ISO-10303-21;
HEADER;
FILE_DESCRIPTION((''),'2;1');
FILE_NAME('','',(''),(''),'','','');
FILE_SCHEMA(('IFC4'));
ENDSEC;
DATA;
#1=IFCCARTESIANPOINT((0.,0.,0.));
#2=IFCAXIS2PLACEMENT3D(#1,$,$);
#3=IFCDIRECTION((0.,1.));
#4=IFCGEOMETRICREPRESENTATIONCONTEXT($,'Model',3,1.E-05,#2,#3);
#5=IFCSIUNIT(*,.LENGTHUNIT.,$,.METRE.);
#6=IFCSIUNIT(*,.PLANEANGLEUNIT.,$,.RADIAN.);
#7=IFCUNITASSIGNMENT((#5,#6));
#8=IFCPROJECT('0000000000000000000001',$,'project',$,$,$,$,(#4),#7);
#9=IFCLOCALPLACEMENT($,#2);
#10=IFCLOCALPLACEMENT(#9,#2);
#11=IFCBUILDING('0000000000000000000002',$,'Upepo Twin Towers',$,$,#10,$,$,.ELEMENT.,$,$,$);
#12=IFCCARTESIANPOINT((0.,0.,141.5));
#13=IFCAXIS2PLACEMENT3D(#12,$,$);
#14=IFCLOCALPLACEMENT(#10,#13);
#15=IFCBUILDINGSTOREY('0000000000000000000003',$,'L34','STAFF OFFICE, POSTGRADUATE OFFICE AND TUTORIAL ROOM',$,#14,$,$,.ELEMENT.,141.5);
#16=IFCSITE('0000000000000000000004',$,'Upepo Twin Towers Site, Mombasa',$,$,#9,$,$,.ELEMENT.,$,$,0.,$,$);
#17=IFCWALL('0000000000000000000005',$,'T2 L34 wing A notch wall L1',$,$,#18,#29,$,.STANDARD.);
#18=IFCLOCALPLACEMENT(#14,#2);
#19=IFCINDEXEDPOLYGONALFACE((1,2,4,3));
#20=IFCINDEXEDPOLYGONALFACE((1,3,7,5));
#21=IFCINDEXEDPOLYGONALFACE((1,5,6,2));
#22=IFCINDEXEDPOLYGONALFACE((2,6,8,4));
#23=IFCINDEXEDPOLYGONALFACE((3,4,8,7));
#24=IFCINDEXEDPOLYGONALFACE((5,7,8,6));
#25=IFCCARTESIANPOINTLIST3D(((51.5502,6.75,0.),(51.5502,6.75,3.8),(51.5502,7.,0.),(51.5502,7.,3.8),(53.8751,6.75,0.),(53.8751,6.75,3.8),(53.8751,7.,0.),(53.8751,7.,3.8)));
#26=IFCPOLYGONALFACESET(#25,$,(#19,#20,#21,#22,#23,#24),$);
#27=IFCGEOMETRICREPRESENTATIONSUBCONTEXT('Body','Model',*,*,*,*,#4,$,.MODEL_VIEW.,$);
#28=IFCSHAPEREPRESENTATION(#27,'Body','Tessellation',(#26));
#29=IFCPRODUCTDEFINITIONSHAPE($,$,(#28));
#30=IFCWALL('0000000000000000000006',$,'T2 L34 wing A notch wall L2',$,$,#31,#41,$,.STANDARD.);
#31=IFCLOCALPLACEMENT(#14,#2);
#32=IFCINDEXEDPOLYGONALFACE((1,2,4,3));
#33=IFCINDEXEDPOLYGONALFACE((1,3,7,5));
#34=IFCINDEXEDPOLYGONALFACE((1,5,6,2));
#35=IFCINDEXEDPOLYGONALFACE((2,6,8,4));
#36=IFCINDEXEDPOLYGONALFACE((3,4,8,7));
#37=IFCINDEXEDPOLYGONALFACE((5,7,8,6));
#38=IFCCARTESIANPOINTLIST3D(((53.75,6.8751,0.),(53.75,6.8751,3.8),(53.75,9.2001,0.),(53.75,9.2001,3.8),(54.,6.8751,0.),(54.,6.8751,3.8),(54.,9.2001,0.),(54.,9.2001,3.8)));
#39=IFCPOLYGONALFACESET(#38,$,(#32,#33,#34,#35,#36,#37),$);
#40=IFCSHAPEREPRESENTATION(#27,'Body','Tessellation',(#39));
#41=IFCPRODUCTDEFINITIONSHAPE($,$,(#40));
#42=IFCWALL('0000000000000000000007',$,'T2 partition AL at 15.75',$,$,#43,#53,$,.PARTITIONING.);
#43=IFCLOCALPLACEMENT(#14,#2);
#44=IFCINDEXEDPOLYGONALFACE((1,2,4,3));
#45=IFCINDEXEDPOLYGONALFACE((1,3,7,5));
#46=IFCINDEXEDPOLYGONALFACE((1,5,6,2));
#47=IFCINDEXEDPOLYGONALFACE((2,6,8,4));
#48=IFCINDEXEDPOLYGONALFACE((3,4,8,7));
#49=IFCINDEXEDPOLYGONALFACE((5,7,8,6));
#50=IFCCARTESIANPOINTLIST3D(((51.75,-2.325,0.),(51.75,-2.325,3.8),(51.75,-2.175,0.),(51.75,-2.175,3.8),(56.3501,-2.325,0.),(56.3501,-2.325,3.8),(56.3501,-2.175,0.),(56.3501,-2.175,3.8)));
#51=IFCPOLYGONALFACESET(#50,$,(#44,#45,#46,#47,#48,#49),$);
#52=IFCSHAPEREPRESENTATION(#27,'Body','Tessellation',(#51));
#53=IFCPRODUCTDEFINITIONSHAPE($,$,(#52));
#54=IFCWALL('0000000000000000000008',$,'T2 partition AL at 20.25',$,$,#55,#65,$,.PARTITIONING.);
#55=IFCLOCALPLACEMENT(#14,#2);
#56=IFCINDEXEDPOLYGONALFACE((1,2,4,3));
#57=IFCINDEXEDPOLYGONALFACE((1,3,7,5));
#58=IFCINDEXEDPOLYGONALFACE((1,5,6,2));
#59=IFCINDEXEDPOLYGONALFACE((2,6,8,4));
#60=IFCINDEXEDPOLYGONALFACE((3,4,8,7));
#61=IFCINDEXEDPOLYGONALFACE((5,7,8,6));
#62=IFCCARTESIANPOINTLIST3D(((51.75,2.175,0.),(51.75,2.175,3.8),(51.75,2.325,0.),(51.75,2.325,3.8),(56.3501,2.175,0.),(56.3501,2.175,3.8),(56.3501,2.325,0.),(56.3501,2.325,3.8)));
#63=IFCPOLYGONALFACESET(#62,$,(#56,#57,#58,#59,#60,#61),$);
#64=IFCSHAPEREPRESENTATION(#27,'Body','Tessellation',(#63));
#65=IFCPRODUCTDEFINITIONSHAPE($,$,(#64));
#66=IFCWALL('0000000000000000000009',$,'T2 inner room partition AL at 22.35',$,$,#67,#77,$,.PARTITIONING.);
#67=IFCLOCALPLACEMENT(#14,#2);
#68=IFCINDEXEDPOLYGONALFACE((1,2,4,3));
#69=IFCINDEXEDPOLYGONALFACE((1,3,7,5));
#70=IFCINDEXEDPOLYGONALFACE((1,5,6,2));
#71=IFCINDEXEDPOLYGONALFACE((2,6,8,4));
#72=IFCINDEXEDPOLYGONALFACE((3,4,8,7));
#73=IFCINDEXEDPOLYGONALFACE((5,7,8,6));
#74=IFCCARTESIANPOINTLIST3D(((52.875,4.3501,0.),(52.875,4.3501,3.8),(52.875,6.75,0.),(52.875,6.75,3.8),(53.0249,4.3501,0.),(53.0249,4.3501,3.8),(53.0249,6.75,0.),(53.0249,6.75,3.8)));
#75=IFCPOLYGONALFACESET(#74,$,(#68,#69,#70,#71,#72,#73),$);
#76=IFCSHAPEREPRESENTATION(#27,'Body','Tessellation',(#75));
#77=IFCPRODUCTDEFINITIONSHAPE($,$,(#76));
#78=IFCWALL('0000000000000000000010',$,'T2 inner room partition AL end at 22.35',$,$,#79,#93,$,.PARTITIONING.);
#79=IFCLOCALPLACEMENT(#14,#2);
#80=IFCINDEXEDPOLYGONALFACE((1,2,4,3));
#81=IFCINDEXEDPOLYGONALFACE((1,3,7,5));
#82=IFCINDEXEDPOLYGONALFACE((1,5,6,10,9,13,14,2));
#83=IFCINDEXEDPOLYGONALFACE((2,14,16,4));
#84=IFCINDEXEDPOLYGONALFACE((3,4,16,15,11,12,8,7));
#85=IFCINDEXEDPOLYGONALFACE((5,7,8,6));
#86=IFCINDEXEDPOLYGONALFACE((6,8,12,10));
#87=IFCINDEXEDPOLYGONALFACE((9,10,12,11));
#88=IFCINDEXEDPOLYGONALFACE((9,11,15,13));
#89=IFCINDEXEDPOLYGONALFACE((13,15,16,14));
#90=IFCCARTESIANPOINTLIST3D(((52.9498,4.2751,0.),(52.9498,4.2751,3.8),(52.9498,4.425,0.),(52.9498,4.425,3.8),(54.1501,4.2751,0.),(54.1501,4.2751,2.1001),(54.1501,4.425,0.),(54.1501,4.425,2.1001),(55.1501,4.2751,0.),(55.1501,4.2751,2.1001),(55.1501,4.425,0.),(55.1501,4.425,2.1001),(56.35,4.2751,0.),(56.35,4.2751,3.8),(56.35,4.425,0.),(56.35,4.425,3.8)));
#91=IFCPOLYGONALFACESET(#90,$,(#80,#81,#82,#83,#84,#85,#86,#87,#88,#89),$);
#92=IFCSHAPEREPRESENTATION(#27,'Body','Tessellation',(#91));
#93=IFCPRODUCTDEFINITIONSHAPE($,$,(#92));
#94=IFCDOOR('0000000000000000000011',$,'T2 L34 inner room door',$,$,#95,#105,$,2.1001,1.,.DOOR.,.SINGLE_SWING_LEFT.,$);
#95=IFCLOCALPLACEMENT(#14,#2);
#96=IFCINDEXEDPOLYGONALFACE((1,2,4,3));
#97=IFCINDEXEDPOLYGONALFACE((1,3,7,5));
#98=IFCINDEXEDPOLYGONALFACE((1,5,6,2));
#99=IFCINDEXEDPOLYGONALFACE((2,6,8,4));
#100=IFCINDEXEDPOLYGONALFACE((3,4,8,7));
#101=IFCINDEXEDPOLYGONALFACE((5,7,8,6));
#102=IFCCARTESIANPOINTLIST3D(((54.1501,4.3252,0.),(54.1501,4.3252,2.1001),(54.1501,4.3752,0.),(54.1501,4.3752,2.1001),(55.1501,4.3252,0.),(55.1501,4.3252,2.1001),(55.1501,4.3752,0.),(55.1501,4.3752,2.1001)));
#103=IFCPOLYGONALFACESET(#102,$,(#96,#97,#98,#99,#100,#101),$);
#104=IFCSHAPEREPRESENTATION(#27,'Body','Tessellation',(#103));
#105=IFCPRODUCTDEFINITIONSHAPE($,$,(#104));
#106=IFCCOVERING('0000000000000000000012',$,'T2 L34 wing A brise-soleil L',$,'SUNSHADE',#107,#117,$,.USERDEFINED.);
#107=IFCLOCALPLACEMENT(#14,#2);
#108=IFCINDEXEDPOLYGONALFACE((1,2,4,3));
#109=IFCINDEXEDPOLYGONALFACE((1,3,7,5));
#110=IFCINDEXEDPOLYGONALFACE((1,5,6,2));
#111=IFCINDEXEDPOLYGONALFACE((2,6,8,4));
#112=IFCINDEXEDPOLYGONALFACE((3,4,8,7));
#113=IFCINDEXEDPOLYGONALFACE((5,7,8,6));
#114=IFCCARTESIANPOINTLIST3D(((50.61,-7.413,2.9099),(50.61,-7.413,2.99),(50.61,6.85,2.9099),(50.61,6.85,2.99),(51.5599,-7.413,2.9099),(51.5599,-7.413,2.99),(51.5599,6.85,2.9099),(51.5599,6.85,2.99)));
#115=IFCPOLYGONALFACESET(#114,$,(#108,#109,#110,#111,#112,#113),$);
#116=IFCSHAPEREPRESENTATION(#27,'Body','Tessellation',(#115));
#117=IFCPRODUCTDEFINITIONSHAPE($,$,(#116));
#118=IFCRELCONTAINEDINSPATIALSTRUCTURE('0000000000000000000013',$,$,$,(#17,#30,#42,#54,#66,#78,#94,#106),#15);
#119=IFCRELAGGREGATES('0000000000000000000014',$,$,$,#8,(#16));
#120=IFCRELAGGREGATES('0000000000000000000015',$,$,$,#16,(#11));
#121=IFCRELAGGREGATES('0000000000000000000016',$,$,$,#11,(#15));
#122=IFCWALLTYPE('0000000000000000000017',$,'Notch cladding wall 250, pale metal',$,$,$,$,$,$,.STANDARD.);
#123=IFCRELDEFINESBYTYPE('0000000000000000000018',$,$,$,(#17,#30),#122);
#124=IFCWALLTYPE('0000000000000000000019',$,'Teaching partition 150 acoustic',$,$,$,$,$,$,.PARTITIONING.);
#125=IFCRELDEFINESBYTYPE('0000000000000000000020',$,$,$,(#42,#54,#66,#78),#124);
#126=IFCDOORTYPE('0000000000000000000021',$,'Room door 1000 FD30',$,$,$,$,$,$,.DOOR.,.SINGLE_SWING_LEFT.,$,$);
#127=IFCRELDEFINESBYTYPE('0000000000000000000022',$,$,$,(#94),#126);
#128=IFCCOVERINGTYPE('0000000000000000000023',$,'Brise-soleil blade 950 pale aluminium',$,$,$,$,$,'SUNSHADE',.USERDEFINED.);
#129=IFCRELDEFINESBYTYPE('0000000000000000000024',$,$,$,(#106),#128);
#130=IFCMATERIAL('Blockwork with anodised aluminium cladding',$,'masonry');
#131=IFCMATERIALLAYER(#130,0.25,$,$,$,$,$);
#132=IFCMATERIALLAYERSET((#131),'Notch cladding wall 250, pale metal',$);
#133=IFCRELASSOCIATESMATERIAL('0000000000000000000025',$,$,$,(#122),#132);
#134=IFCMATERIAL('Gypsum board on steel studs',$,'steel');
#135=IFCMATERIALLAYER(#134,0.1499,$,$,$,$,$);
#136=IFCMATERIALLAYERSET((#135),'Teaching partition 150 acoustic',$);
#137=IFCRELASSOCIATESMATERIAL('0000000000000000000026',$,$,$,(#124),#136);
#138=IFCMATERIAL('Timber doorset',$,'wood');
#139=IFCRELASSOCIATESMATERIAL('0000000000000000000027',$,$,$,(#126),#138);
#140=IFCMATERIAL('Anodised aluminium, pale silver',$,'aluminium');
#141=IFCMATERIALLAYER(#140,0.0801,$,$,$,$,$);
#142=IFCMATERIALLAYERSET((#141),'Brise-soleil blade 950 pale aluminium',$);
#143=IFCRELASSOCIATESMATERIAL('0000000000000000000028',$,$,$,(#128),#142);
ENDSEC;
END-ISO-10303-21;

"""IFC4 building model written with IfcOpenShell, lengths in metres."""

from ifc_helpers import new_model, si_unit, direction, frame, frame_2d, origin, origin_2d, place, context, subcontext, project, spatial, rectangle, extrude, material, layer, layer_set, type_object, element, fill, save


model = new_model("IFC4")

# Units and contexts
model_context = context("Model", 3, precision=1e-05, world=origin(), true_north=direction((0.0, 1.0)))
body_context = subcontext(model_context, "Body", "Model", "MODEL_VIEW")
ifc_project = project(units=[si_unit("LENGTHUNIT", "METRE"), si_unit("PLANEANGLEUNIT", "RADIAN")], contexts=[model_context])

# Site, building, storey
site_placement = place(None, origin())
site = spatial("IfcSite", under=ifc_project, at=site_placement, Name="Upepo Twin Towers Site, Mombasa", CompositionType="ELEMENT", RefElevation=0.0)
building_placement = place(site_placement, origin())
building = spatial("IfcBuilding", under=site, at=building_placement, Name="Upepo Twin Towers", CompositionType="ELEMENT")
storey_placement = place(building_placement, frame((0.0, 0.0, 141.5)))
storey = spatial("IfcBuildingStorey", under=building, at=storey_placement, Name="L34", Description="STAFF OFFICE, POSTGRADUATE OFFICE AND TUTORIAL ROOM", CompositionType="ELEMENT", Elevation=141.5)

# Walls
ifc_material_1 = material(Name="Blockwork with anodised aluminium cladding", Category="masonry")
ifc_layer_1 = layer(ifc_material_1, 0.25)
ifc_layer_set_1 = layer_set([ifc_layer_1], Name="Notch cladding wall 250, pale metal")
wall_type_1 = type_object("IfcWallType", Name="Notch cladding wall 250, pale metal", PredefinedType="STANDARD", material=ifc_layer_set_1)
for number, where, z_axis, x_axis, name in (
    (1, (51.55, 6.875, 0.0), (0.0, 0.0, 1.0), (1.0, 0.0, 0.0), "T2 L34 wing A notch wall L1"),
    (2, (53.875, 6.875, 0.0), (0.0, 0.0, 1.0), (0.0, 1.0, 0.0), "T2 L34 wing A notch wall L2"),
):
    element("IfcWall", number, at=place(storey_placement, frame(where, z_axis=z_axis, x_axis=x_axis)), inside=storey, type_object=wall_type_1, Name=name, PredefinedType="STANDARD", context=body_context, shape_type="SweptSolid", body=[
        extrude(rectangle(XDim=2.325, YDim=0.25, at=frame_2d((1.1626, 0.0))), origin(), (0.0, 0.0, 1.0), 3.8),
    ])
ifc_material_2 = material(Name="Gypsum board on steel studs", Category="steel")
ifc_layer_2 = layer(ifc_material_2, 0.1499)
ifc_layer_set_2 = layer_set([ifc_layer_2], Name="Teaching partition 150 acoustic")
wall_type_2 = type_object("IfcWallType", Name="Teaching partition 150 acoustic", PredefinedType="PARTITIONING", material=ifc_layer_set_2)
for number, where, z_axis, x_axis, name in (
    (3, (56.3501, -2.25, 0.0), (0.0, 0.0, 1.0), (-1.0, 0.0, 0.0), "T2 partition AL at 15.75"),
    (4, (56.3501, 2.25, 0.0), (0.0, 0.0, 1.0), (-1.0, 0.0, 0.0), "T2 partition AL at 20.25"),
):
    element("IfcWall", number, at=place(storey_placement, frame(where, z_axis=z_axis, x_axis=x_axis)), inside=storey, type_object=wall_type_2, Name=name, PredefinedType="PARTITIONING", context=body_context, shape_type="SweptSolid", body=[
        extrude(rectangle(XDim=4.6001, YDim=0.1499, at=frame_2d((2.3, 0.0))), origin(), (0.0, 0.0, 1.0), 3.8),
    ])
wall_1_placement = place(storey_placement, frame((52.95, 4.3501, 0.0), z_axis=(0.0, 0.0, 1.0), x_axis=(0.0, 1.0, 0.0)))
element("IfcWall", 5, at=wall_1_placement, inside=storey, type_object=wall_type_2, Name="T2 inner room partition AL at 22.35", PredefinedType="PARTITIONING", context=body_context, shape_type="SweptSolid", body=[
    extrude(rectangle(XDim=2.3999, YDim=0.1499, at=frame_2d((1.2, 0.0))), origin(), (0.0, 0.0, 1.0), 3.8),
])

# Wall, opening, door
wall_2_placement = place(storey_placement, frame((56.3501, 4.3501, 0.0), z_axis=(0.0, 0.0, 1.0), x_axis=(-1.0, 0.0, 0.0)))
wall_2 = element("IfcWall", 6, at=wall_2_placement, inside=storey, type_object=wall_type_2, Name="T2 inner room partition AL end at 22.35", PredefinedType="PARTITIONING", context=body_context, shape_type="SweptSolid", body=[
    extrude(rectangle(XDim=3.4001, YDim=0.1499, at=frame_2d((1.7002, 0.0))), origin(), (0.0, 0.0, 1.0), 3.8),
])
opening_placement = place(wall_2_placement, frame((1.2, 0.0, 0.0)))
opening = element("IfcOpeningElement", 7, at=opening_placement, cuts=wall_2, PredefinedType="OPENING", context=body_context, shape_type="SweptSolid", body=[
    extrude(rectangle(XDim=1.0, YDim=2.1001, at=frame_2d((0.5, 1.05))), frame((0.0, 0.085, 0.0), z_axis=(0.0, -1.0, 0.0), x_axis=(1.0, 0.0, 0.0)), (0.0, 0.0, 1.0), 0.1699),
])
ifc_material_3 = material(Name="Timber doorset", Category="wood")
door_type = type_object("IfcDoorType", Name="Room door 1000 FD30", OperationType="SINGLE_SWING_LEFT", PredefinedType="DOOR", material=ifc_material_3)
door_placement = place(opening_placement, origin())
door = element("IfcDoor", 8, at=door_placement, inside=storey, type_object=door_type, Name="T2 L34 inner room door", OperationType="SINGLE_SWING_LEFT", OverallHeight=2.1001, OverallWidth=1.0, PredefinedType="DOOR", context=body_context, shape_type="SweptSolid", body=[
    extrude(rectangle(XDim=1.0, YDim=2.1001, at=frame_2d((0.5, 1.05))), frame((0.0, 0.0249, 0.0), z_axis=(0.0, -1.0, 0.0), x_axis=(1.0, 0.0, 0.0)), (0.0, 0.0, 1.0), 0.05),
])
fill(opening, door)

# Covering
ifc_material_4 = material(Name="Anodised aluminium, pale silver", Category="aluminium")
ifc_layer_3 = layer(ifc_material_4, 0.0801)
ifc_layer_set_3 = layer_set([ifc_layer_3], Name="Brise-soleil blade 950 pale aluminium")
covering_type = type_object("IfcCoveringType", Name="Brise-soleil blade 950 pale aluminium", ElementType="SUNSHADE", PredefinedType="USERDEFINED", material=ifc_layer_set_3)
covering_placement = place(storey_placement, frame((51.085, -0.2815, 2.9099), z_axis=(0.0, 0.0, 1.0), x_axis=(0.0, 1.0, 0.0)))
element("IfcCovering", 9, at=covering_placement, inside=storey, type_object=covering_type, Name="T2 L34 wing A brise-soleil L", ObjectType="SUNSHADE", PredefinedType="USERDEFINED", context=body_context, shape_type="SweptSolid", body=[
    extrude(rectangle(XDim=14.2629, YDim=0.95, at=origin_2d()), origin(), (0.0, 0.0, 1.0), 0.0801),
])

save(model, "model.ifc")
